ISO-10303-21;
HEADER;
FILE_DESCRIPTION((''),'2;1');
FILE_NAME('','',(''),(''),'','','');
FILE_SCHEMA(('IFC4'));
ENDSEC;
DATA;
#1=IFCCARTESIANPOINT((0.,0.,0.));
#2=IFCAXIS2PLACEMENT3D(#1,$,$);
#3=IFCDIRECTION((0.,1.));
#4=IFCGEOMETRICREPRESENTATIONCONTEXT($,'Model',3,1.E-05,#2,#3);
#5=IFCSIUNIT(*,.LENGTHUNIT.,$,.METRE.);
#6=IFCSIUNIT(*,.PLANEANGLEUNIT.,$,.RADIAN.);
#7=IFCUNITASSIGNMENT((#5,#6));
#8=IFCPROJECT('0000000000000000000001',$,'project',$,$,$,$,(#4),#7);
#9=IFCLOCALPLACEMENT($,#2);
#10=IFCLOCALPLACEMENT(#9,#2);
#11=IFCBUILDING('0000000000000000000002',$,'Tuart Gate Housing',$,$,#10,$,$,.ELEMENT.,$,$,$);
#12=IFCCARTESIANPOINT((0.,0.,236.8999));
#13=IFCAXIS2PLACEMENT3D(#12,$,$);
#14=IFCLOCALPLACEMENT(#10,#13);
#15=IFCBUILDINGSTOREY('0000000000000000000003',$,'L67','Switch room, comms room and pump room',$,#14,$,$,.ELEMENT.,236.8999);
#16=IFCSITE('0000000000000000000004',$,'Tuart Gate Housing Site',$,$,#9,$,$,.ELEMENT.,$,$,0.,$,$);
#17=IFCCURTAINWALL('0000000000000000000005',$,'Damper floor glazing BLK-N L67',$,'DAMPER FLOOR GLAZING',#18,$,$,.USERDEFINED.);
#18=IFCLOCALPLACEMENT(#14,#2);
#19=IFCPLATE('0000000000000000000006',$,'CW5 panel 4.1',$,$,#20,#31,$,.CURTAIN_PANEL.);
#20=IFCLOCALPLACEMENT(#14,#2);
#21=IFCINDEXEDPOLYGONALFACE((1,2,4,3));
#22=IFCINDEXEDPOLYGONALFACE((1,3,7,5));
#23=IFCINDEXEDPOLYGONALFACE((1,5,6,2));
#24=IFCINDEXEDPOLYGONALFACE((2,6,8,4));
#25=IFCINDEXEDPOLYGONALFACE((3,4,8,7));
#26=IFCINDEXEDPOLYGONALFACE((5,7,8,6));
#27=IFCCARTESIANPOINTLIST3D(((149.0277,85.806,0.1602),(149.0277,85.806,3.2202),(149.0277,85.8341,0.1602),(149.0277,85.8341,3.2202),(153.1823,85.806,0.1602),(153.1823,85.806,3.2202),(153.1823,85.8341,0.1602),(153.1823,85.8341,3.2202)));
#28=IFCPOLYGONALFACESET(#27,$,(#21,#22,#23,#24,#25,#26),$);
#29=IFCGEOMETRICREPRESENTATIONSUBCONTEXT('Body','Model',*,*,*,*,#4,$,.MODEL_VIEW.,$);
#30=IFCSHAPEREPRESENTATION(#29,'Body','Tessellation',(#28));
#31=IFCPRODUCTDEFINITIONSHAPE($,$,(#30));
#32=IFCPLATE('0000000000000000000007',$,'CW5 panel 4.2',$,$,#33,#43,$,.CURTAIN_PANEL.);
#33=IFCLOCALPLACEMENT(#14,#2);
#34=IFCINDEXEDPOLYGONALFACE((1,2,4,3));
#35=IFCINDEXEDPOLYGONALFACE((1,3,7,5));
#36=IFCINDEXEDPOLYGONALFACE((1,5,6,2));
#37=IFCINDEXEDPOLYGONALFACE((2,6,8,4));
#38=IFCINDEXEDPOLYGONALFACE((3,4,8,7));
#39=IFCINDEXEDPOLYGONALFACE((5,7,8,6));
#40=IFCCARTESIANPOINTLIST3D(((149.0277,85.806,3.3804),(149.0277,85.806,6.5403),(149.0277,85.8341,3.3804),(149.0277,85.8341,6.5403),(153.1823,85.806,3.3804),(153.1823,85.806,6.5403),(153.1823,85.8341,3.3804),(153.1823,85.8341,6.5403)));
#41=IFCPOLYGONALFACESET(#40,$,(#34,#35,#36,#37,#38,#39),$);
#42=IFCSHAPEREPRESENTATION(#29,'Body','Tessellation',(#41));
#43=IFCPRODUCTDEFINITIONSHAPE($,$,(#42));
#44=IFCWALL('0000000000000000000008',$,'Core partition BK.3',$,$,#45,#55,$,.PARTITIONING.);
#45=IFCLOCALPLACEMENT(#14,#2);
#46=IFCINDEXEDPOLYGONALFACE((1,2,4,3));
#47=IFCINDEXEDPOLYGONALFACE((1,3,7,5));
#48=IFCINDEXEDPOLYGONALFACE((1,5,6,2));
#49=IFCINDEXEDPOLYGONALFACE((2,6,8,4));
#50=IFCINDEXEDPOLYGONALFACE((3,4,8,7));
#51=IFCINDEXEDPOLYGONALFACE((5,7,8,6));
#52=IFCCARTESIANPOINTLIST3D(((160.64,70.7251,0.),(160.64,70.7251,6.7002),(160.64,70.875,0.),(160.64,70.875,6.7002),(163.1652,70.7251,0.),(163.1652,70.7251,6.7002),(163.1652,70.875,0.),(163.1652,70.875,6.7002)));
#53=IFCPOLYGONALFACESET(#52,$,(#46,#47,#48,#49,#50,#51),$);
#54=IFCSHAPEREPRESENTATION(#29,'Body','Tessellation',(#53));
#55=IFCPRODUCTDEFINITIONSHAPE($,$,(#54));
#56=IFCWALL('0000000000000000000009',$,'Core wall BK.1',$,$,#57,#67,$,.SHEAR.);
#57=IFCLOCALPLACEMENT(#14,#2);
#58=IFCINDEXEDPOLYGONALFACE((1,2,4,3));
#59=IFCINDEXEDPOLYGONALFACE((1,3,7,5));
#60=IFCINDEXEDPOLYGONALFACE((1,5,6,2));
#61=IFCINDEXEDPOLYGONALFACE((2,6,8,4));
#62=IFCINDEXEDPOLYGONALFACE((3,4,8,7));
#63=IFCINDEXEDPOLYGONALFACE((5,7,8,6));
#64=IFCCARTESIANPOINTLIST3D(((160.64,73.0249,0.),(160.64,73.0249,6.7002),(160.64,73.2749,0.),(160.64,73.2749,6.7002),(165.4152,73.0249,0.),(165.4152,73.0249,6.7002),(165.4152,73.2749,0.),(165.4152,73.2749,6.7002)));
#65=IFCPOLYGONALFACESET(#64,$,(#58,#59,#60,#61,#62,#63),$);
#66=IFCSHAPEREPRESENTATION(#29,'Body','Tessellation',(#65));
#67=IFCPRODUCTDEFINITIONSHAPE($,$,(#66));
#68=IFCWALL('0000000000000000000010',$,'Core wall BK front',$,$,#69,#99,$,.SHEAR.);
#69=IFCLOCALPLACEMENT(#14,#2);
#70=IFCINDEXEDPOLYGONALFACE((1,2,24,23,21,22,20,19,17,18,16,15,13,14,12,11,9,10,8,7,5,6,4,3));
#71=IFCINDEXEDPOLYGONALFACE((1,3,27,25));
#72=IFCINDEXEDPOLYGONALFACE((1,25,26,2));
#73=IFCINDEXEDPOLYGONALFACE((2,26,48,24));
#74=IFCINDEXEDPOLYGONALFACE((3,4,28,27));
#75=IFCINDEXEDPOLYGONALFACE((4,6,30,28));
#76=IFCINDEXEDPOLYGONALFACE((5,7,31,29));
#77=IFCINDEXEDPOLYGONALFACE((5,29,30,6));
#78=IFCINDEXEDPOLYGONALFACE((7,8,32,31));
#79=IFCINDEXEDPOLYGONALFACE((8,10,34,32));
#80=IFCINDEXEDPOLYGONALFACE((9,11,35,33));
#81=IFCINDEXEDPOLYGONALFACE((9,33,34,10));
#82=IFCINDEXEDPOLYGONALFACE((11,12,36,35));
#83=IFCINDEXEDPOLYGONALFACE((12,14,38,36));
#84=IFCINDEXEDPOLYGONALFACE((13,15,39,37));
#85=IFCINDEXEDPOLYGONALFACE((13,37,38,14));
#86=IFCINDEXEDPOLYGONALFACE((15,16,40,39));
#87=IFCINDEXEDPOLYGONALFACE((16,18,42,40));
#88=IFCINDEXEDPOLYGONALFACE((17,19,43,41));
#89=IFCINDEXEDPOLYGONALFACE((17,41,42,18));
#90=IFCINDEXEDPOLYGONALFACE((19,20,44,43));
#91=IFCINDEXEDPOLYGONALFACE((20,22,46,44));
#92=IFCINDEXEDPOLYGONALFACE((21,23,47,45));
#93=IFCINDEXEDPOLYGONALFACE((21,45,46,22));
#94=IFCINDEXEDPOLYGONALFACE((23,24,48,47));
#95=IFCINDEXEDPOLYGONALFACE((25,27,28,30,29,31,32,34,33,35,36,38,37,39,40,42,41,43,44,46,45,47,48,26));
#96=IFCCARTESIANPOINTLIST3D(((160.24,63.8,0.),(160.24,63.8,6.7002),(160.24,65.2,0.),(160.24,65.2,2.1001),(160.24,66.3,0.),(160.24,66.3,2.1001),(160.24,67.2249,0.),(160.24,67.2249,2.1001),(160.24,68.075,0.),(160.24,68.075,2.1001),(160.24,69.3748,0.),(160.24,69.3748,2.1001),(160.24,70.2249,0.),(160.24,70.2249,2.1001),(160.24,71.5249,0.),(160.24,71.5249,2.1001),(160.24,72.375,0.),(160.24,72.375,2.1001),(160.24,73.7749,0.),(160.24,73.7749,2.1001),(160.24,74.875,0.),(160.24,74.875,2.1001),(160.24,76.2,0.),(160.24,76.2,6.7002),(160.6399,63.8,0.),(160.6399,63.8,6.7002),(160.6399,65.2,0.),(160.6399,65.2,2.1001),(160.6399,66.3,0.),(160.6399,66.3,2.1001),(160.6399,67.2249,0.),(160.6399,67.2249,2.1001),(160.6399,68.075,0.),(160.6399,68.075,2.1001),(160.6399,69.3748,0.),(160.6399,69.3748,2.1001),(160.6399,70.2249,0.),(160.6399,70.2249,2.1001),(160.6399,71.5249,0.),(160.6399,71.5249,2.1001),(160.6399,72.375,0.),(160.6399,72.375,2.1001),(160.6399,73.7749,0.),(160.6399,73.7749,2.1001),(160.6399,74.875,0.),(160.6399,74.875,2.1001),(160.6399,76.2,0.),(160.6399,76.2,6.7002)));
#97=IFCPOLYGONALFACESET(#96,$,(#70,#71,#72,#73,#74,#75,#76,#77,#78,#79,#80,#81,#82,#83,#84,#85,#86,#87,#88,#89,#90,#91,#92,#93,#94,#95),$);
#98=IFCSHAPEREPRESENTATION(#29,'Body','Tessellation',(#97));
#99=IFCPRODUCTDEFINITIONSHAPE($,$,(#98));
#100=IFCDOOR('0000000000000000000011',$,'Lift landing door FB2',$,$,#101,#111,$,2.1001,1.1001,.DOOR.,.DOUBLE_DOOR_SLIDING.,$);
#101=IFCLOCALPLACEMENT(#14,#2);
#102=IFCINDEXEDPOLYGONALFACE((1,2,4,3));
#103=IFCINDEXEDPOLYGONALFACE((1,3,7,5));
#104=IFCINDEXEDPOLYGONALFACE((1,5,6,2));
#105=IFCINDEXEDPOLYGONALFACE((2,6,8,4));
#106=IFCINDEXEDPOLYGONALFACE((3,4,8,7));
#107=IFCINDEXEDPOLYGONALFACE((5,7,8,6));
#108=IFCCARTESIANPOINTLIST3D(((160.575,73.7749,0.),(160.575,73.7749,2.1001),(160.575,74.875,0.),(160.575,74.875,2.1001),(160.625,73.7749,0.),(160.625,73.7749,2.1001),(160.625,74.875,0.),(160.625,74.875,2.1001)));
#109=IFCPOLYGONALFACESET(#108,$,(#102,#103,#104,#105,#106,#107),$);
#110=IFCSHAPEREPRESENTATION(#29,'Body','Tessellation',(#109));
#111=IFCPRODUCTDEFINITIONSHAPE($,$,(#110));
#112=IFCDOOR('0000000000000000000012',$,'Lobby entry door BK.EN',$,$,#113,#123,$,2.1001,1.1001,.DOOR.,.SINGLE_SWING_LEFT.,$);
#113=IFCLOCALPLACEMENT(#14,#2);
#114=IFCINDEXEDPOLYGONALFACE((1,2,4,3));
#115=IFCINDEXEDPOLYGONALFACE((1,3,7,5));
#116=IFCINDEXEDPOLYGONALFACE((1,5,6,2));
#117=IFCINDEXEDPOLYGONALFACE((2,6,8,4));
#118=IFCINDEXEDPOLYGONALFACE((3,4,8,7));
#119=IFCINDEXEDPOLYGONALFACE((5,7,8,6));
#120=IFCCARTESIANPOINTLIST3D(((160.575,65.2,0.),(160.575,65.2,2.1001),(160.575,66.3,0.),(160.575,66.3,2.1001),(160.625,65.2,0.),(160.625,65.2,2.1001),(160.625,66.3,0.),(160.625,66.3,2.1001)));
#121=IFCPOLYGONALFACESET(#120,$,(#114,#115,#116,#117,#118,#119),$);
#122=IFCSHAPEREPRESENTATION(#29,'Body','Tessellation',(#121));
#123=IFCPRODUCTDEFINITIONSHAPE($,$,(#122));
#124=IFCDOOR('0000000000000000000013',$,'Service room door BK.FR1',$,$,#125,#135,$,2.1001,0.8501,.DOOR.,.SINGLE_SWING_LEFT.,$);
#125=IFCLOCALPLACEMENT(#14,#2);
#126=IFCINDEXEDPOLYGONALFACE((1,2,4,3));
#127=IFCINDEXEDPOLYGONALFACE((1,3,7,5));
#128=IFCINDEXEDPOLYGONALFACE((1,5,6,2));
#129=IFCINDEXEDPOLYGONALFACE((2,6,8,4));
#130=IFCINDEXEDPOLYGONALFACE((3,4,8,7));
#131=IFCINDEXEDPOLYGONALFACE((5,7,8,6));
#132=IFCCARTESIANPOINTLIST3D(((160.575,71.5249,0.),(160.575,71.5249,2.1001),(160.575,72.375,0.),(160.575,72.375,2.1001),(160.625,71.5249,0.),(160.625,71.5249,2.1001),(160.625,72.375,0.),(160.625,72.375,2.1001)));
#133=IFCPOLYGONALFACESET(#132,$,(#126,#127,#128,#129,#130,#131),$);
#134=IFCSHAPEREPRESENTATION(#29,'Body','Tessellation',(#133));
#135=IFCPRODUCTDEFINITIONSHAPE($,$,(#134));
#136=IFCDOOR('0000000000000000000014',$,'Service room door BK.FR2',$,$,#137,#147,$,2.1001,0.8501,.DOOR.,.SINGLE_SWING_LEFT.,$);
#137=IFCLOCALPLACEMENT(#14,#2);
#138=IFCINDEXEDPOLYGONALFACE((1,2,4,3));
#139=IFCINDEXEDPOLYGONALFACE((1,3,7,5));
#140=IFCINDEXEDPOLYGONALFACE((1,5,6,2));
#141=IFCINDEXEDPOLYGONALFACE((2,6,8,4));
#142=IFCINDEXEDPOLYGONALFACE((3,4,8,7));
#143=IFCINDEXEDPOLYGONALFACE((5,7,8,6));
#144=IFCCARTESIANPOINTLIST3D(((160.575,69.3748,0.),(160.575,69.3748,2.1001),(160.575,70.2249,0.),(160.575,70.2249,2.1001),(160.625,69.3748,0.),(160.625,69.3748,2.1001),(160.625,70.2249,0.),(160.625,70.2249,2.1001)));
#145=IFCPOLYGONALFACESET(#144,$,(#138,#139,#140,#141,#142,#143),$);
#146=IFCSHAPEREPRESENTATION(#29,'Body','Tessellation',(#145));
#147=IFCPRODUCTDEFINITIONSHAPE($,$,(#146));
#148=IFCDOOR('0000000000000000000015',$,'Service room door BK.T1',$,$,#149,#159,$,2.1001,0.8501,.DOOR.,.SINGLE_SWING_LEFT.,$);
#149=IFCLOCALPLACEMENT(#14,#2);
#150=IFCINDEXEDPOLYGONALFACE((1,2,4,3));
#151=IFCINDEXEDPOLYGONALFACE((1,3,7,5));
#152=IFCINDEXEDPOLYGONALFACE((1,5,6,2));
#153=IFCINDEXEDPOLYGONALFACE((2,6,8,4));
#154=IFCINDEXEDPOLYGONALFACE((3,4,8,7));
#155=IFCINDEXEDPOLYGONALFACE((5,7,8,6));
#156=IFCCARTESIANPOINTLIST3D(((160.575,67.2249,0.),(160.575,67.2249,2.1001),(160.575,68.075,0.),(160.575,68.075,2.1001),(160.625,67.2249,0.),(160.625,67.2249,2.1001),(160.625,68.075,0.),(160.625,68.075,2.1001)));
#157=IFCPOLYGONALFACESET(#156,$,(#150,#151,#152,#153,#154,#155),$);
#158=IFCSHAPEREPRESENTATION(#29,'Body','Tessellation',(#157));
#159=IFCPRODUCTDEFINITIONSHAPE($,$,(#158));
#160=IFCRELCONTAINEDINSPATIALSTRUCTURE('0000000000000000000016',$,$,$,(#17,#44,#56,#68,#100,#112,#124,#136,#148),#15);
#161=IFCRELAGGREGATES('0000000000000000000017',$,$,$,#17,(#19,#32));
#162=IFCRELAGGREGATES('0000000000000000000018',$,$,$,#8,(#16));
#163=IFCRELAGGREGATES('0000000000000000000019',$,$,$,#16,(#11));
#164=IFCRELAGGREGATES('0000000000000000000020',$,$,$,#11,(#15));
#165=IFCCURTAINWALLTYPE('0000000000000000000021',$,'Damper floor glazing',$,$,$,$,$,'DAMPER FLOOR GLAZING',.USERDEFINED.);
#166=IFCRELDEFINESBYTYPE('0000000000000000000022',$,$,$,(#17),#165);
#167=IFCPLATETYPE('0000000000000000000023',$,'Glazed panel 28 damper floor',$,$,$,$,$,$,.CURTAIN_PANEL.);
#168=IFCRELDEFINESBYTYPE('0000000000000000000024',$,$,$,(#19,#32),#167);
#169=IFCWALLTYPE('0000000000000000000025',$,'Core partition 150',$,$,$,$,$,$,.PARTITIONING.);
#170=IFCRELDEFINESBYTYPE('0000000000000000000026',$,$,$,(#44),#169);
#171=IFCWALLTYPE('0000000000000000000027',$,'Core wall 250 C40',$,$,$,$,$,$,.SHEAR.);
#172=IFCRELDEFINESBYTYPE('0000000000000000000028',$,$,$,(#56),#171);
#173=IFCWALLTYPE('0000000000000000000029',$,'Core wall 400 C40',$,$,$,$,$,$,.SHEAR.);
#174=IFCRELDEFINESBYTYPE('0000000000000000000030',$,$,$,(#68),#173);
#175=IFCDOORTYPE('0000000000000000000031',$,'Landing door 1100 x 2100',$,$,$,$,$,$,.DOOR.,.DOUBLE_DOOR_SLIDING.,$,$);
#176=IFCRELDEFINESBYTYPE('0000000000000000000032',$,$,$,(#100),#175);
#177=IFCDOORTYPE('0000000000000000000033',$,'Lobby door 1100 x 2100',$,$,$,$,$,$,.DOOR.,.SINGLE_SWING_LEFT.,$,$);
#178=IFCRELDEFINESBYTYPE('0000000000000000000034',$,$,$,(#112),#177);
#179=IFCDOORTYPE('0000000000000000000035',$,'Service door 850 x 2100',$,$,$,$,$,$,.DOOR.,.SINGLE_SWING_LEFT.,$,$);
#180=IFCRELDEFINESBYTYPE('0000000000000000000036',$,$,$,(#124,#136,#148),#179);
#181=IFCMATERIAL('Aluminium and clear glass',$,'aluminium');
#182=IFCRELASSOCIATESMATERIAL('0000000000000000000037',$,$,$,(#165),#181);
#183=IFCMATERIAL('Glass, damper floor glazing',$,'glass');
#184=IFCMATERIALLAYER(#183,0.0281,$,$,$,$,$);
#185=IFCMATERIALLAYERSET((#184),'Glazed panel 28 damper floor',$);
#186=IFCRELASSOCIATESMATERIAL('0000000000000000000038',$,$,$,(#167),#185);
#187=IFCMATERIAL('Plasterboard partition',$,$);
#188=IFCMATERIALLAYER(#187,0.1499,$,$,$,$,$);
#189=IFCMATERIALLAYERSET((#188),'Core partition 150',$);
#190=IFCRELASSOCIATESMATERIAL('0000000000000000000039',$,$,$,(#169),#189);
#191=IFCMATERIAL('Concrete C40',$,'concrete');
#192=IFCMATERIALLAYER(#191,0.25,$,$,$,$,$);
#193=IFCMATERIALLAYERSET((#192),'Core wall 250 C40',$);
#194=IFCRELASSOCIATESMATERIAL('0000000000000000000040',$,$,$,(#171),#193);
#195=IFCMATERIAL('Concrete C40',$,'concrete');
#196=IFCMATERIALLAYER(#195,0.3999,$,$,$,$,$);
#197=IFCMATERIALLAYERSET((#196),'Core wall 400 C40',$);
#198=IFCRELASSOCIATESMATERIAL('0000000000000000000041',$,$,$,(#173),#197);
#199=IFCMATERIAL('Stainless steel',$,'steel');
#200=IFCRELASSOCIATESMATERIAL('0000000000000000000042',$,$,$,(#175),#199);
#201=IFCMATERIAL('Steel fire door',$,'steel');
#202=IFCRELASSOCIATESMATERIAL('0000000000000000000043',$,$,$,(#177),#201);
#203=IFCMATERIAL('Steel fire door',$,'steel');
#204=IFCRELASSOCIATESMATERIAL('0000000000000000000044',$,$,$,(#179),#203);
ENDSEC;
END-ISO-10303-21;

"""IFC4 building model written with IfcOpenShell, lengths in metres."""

from ifc_helpers import new_model, si_unit, direction, frame, frame_2d, origin, origin_2d, place, context, subcontext, project, spatial, rectangle, extrude, material, layer, layer_set, type_object, element, fill, aggregate, save


model = new_model("IFC4")

# Units and contexts
model_context = context("Model", 3, precision=1e-05, world=origin(), true_north=direction((0.0, 1.0)))
body_context = subcontext(model_context, "Body", "Model", "MODEL_VIEW")
ifc_project = project(units=[si_unit("LENGTHUNIT", "METRE"), si_unit("PLANEANGLEUNIT", "RADIAN")], contexts=[model_context])

# Site, building, storey
site_placement = place(None, origin())
site = spatial("IfcSite", under=ifc_project, at=site_placement, Name="Tuart Gate Housing Site", CompositionType="ELEMENT", RefElevation=0.0)
building_placement = place(site_placement, origin())
building = spatial("IfcBuilding", under=site, at=building_placement, Name="Tuart Gate Housing", CompositionType="ELEMENT")
storey_placement = place(building_placement, frame((0.0, 0.0, 236.8999)))
storey = spatial("IfcBuildingStorey", under=building, at=storey_placement, Name="L67", Description="Switch room, comms room and pump room", CompositionType="ELEMENT", Elevation=236.8999)

# Curtain wall, plates
ifc_material_1 = material(Name="Aluminium and clear glass", Category="aluminium")
curtain_wall_type = type_object("IfcCurtainWallType", Name="Damper floor glazing", ElementType="DAMPER FLOOR GLAZING", PredefinedType="USERDEFINED", material=ifc_material_1)
curtain_wall_placement = place(storey_placement, origin())
curtain_wall = element("IfcCurtainWall", 1, at=curtain_wall_placement, inside=storey, type_object=curtain_wall_type, Name="Damper floor glazing BLK-N L67", ObjectType="DAMPER FLOOR GLAZING", PredefinedType="USERDEFINED")
ifc_material_2 = material(Name="Glass, damper floor glazing", Category="glass")
ifc_layer_1 = layer(ifc_material_2, 0.0281)
ifc_layer_set_1 = layer_set([ifc_layer_1], Name="Glazed panel 28 damper floor")
plate_type = type_object("IfcPlateType", Name="Glazed panel 28 damper floor", PredefinedType="CURTAIN_PANEL", material=ifc_layer_set_1)
plate_1_placement = place(storey_placement, frame((151.105, 85.8201, 0.1602), z_axis=(0.0, 0.0, 1.0), x_axis=(-1.0, 0.0, 0.0)))
plate_1 = element("IfcPlate", 2, at=plate_1_placement, type_object=plate_type, Name="CW5 panel 4.1", PredefinedType="CURTAIN_PANEL", context=body_context, shape_type="SweptSolid", body=[
    extrude(rectangle(XDim=4.1545, YDim=0.0281, at=origin_2d()), origin(), (0.0, 0.0, 1.0), 3.0601),
])
plate_2_placement = place(storey_placement, frame((151.105, 85.8201, 3.3804), z_axis=(0.0, 0.0, 1.0), x_axis=(-1.0, 0.0, 0.0)))
plate_2 = element("IfcPlate", 3, at=plate_2_placement, type_object=plate_type, Name="CW5 panel 4.2", PredefinedType="CURTAIN_PANEL", context=body_context, shape_type="SweptSolid", body=[
    extrude(rectangle(XDim=4.1545, YDim=0.0281, at=origin_2d()), origin(), (0.0, 0.0, 1.0), 3.1599),
])
aggregate(curtain_wall, [plate_1, plate_2])

# Walls
ifc_material_3 = material(Name="Plasterboard partition")
ifc_layer_2 = layer(ifc_material_3, 0.1499)
ifc_layer_set_2 = layer_set([ifc_layer_2], Name="Core partition 150")
wall_type_1 = type_object("IfcWallType", Name="Core partition 150", PredefinedType="PARTITIONING", material=ifc_layer_set_2)
wall_1_placement = place(storey_placement, frame((160.6399, 70.8, 0.0), z_axis=(0.0, 0.0, 1.0), x_axis=(1.0, 0.0, 0.0)))
element("IfcWall", 4, at=wall_1_placement, inside=storey, type_object=wall_type_1, Name="Core partition BK.3", PredefinedType="PARTITIONING", context=body_context, shape_type="SweptSolid", body=[
    extrude(rectangle(XDim=2.5251, YDim=0.1499, at=frame_2d((1.2627, 0.0))), origin(), (0.0, 0.0, 1.0), 6.7002),
])
ifc_material_4 = material(Name="Concrete C40", Category="concrete")
ifc_layer_3 = layer(ifc_material_4, 0.25)
ifc_layer_set_3 = layer_set([ifc_layer_3], Name="Core wall 250 C40")
wall_type_2 = type_object("IfcWallType", Name="Core wall 250 C40", PredefinedType="SHEAR", material=ifc_layer_set_3)
wall_2_placement = place(storey_placement, frame((160.6399, 73.1499, 0.0), z_axis=(0.0, 0.0, 1.0), x_axis=(1.0, 0.0, 0.0)))
element("IfcWall", 5, at=wall_2_placement, inside=storey, type_object=wall_type_2, Name="Core wall BK.1", PredefinedType="SHEAR", context=body_context, shape_type="SweptSolid", body=[
    extrude(rectangle(XDim=4.7751, YDim=0.25, at=frame_2d((2.3877, 0.0))), origin(), (0.0, 0.0, 1.0), 6.7002),
])

# Wall, openings, doors
ifc_material_5 = material(Name="Concrete C40", Category="concrete")
ifc_layer_4 = layer(ifc_material_5, 0.3999)
ifc_layer_set_4 = layer_set([ifc_layer_4], Name="Core wall 400 C40")
wall_type_3 = type_object("IfcWallType", Name="Core wall 400 C40", PredefinedType="SHEAR", material=ifc_layer_set_4)
wall_3_placement = place(storey_placement, frame((160.4399, 76.2, 0.0), z_axis=(0.0, 0.0, 1.0), x_axis=(0.0, -1.0, 0.0)))
wall_3 = element("IfcWall", 6, at=wall_3_placement, inside=storey, type_object=wall_type_3, Name="Core wall BK front", PredefinedType="SHEAR", context=body_context, shape_type="SweptSolid", body=[
    extrude(rectangle(XDim=12.3999, YDim=0.3999, at=frame_2d((6.2, 0.0))), origin(), (0.0, 0.0, 1.0), 6.7002),
])
opening_1_placement = place(wall_3_placement, frame((1.325, 0.0, 0.0)))
opening_1 = element("IfcOpeningElement", 7, at=opening_1_placement, cuts=wall_3, PredefinedType="OPENING", context=body_context, shape_type="SweptSolid", body=[
    extrude(rectangle(XDim=1.1001, YDim=2.1001, at=frame_2d((0.55, 1.05))), frame((0.0, 0.21, 0.0), z_axis=(0.0, -1.0, 0.0), x_axis=(1.0, 0.0, 0.0)), (0.0, 0.0, 1.0), 0.4199),
])
opening_2_placement = place(wall_3_placement, frame((3.825, 0.0, 0.0)))
opening_2 = element("IfcOpeningElement", 8, at=opening_2_placement, cuts=wall_3, PredefinedType="OPENING", context=body_context, shape_type="SweptSolid", body=[
    extrude(rectangle(XDim=0.8501, YDim=2.1001, at=frame_2d((0.425, 1.05))), frame((0.0, 0.21, 0.0), z_axis=(0.0, -1.0, 0.0), x_axis=(1.0, 0.0, 0.0)), (0.0, 0.0, 1.0), 0.4199),
])
opening_3_placement = place(wall_3_placement, frame((5.9751, 0.0, 0.0)))
opening_3 = element("IfcOpeningElement", 9, at=opening_3_placement, cuts=wall_3, PredefinedType="OPENING", context=body_context, shape_type="SweptSolid", body=[
    extrude(rectangle(XDim=0.8501, YDim=2.1001, at=frame_2d((0.425, 1.05))), frame((0.0, 0.21, 0.0), z_axis=(0.0, -1.0, 0.0), x_axis=(1.0, 0.0, 0.0)), (0.0, 0.0, 1.0), 0.4199),
])
opening_4_placement = place(wall_3_placement, frame((9.8999, 0.0, 0.0)))
opening_4 = element("IfcOpeningElement", 10, at=opening_4_placement, cuts=wall_3, PredefinedType="OPENING", context=body_context, shape_type="SweptSolid", body=[
    extrude(rectangle(XDim=1.1001, YDim=2.1001, at=frame_2d((0.55, 1.05))), frame((0.0, 0.21, 0.0), z_axis=(0.0, -1.0, 0.0), x_axis=(1.0, 0.0, 0.0)), (0.0, 0.0, 1.0), 0.4199),
])
opening_5_placement = place(wall_3_placement, frame((8.125, 0.0, 0.0)))
opening_5 = element("IfcOpeningElement", 11, at=opening_5_placement, cuts=wall_3, PredefinedType="OPENING", context=body_context, shape_type="SweptSolid", body=[
    extrude(rectangle(XDim=0.8501, YDim=2.1001, at=frame_2d((0.425, 1.05))), frame((0.0, 0.21, 0.0), z_axis=(0.0, -1.0, 0.0), x_axis=(1.0, 0.0, 0.0)), (0.0, 0.0, 1.0), 0.4199),
])
ifc_material_6 = material(Name="Stainless steel", Category="steel")
door_type_1 = type_object("IfcDoorType", Name="Landing door 1100 x 2100", OperationType="DOUBLE_DOOR_SLIDING", PredefinedType="DOOR", material=ifc_material_6)
door_1_placement = place(opening_1_placement, origin())
door_1 = element("IfcDoor", 12, at=door_1_placement, inside=storey, type_object=door_type_1, Name="Lift landing door FB2", OperationType="DOUBLE_DOOR_SLIDING", OverallHeight=2.1001, OverallWidth=1.1001, PredefinedType="DOOR", context=body_context, shape_type="SweptSolid", body=[
    extrude(rectangle(XDim=1.1001, YDim=2.1001, at=frame_2d((0.55, 1.05))), frame((0.0, 0.1851, 0.0), z_axis=(0.0, -1.0, 0.0), x_axis=(1.0, 0.0, 0.0)), (0.0, 0.0, 1.0), 0.05),
])
fill(opening_1, door_1)
ifc_material_7 = material(Name="Steel fire door", Category="steel")
door_type_2 = type_object("IfcDoorType", Name="Lobby door 1100 x 2100", OperationType="SINGLE_SWING_LEFT", PredefinedType="DOOR", material=ifc_material_7)
door_2_placement = place(opening_4_placement, origin())
door_2 = element("IfcDoor", 13, at=door_2_placement, inside=storey, type_object=door_type_2, Name="Lobby entry door BK.EN", OperationType="SINGLE_SWING_LEFT", OverallHeight=2.1001, OverallWidth=1.1001, PredefinedType="DOOR", context=body_context, shape_type="SweptSolid", body=[
    extrude(rectangle(XDim=1.1001, YDim=2.1001, at=frame_2d((0.55, 1.05))), frame((0.0, 0.1851, 0.0), z_axis=(0.0, -1.0, 0.0), x_axis=(1.0, 0.0, 0.0)), (0.0, 0.0, 1.0), 0.05),
])
fill(opening_4, door_2)
ifc_material_8 = material(Name="Steel fire door", Category="steel")
door_type_3 = type_object("IfcDoorType", Name="Service door 850 x 2100", OperationType="SINGLE_SWING_LEFT", PredefinedType="DOOR", material=ifc_material_8)
door_3_placement = place(opening_2_placement, origin())
door_3 = element("IfcDoor", 14, at=door_3_placement, inside=storey, type_object=door_type_3, Name="Service room door BK.FR1", OperationType="SINGLE_SWING_LEFT", OverallHeight=2.1001, OverallWidth=0.8501, PredefinedType="DOOR", context=body_context, shape_type="SweptSolid", body=[
    extrude(rectangle(XDim=0.8501, YDim=2.1001, at=frame_2d((0.425, 1.05))), frame((0.0, 0.1851, 0.0), z_axis=(0.0, -1.0, 0.0), x_axis=(1.0, 0.0, 0.0)), (0.0, 0.0, 1.0), 0.05),
])
fill(opening_2, door_3)
door_4_placement = place(opening_3_placement, origin())
door_4 = element("IfcDoor", 15, at=door_4_placement, inside=storey, type_object=door_type_3, Name="Service room door BK.FR2", OperationType="SINGLE_SWING_LEFT", OverallHeight=2.1001, OverallWidth=0.8501, PredefinedType="DOOR", context=body_context, shape_type="SweptSolid", body=[
    extrude(rectangle(XDim=0.8501, YDim=2.1001, at=frame_2d((0.425, 1.05))), frame((0.0, 0.1851, 0.0), z_axis=(0.0, -1.0, 0.0), x_axis=(1.0, 0.0, 0.0)), (0.0, 0.0, 1.0), 0.05),
])
fill(opening_3, door_4)
door_5_placement = place(opening_5_placement, origin())
door_5 = element("IfcDoor", 16, at=door_5_placement, inside=storey, type_object=door_type_3, Name="Service room door BK.T1", OperationType="SINGLE_SWING_LEFT", OverallHeight=2.1001, OverallWidth=0.8501, PredefinedType="DOOR", context=body_context, shape_type="SweptSolid", body=[
    extrude(rectangle(XDim=0.8501, YDim=2.1001, at=frame_2d((0.425, 1.05))), frame((0.0, 0.1851, 0.0), z_axis=(0.0, -1.0, 0.0), x_axis=(1.0, 0.0, 0.0)), (0.0, 0.0, 1.0), 0.05),
])
fill(opening_5, door_5)

save(model, "model.ifc")
